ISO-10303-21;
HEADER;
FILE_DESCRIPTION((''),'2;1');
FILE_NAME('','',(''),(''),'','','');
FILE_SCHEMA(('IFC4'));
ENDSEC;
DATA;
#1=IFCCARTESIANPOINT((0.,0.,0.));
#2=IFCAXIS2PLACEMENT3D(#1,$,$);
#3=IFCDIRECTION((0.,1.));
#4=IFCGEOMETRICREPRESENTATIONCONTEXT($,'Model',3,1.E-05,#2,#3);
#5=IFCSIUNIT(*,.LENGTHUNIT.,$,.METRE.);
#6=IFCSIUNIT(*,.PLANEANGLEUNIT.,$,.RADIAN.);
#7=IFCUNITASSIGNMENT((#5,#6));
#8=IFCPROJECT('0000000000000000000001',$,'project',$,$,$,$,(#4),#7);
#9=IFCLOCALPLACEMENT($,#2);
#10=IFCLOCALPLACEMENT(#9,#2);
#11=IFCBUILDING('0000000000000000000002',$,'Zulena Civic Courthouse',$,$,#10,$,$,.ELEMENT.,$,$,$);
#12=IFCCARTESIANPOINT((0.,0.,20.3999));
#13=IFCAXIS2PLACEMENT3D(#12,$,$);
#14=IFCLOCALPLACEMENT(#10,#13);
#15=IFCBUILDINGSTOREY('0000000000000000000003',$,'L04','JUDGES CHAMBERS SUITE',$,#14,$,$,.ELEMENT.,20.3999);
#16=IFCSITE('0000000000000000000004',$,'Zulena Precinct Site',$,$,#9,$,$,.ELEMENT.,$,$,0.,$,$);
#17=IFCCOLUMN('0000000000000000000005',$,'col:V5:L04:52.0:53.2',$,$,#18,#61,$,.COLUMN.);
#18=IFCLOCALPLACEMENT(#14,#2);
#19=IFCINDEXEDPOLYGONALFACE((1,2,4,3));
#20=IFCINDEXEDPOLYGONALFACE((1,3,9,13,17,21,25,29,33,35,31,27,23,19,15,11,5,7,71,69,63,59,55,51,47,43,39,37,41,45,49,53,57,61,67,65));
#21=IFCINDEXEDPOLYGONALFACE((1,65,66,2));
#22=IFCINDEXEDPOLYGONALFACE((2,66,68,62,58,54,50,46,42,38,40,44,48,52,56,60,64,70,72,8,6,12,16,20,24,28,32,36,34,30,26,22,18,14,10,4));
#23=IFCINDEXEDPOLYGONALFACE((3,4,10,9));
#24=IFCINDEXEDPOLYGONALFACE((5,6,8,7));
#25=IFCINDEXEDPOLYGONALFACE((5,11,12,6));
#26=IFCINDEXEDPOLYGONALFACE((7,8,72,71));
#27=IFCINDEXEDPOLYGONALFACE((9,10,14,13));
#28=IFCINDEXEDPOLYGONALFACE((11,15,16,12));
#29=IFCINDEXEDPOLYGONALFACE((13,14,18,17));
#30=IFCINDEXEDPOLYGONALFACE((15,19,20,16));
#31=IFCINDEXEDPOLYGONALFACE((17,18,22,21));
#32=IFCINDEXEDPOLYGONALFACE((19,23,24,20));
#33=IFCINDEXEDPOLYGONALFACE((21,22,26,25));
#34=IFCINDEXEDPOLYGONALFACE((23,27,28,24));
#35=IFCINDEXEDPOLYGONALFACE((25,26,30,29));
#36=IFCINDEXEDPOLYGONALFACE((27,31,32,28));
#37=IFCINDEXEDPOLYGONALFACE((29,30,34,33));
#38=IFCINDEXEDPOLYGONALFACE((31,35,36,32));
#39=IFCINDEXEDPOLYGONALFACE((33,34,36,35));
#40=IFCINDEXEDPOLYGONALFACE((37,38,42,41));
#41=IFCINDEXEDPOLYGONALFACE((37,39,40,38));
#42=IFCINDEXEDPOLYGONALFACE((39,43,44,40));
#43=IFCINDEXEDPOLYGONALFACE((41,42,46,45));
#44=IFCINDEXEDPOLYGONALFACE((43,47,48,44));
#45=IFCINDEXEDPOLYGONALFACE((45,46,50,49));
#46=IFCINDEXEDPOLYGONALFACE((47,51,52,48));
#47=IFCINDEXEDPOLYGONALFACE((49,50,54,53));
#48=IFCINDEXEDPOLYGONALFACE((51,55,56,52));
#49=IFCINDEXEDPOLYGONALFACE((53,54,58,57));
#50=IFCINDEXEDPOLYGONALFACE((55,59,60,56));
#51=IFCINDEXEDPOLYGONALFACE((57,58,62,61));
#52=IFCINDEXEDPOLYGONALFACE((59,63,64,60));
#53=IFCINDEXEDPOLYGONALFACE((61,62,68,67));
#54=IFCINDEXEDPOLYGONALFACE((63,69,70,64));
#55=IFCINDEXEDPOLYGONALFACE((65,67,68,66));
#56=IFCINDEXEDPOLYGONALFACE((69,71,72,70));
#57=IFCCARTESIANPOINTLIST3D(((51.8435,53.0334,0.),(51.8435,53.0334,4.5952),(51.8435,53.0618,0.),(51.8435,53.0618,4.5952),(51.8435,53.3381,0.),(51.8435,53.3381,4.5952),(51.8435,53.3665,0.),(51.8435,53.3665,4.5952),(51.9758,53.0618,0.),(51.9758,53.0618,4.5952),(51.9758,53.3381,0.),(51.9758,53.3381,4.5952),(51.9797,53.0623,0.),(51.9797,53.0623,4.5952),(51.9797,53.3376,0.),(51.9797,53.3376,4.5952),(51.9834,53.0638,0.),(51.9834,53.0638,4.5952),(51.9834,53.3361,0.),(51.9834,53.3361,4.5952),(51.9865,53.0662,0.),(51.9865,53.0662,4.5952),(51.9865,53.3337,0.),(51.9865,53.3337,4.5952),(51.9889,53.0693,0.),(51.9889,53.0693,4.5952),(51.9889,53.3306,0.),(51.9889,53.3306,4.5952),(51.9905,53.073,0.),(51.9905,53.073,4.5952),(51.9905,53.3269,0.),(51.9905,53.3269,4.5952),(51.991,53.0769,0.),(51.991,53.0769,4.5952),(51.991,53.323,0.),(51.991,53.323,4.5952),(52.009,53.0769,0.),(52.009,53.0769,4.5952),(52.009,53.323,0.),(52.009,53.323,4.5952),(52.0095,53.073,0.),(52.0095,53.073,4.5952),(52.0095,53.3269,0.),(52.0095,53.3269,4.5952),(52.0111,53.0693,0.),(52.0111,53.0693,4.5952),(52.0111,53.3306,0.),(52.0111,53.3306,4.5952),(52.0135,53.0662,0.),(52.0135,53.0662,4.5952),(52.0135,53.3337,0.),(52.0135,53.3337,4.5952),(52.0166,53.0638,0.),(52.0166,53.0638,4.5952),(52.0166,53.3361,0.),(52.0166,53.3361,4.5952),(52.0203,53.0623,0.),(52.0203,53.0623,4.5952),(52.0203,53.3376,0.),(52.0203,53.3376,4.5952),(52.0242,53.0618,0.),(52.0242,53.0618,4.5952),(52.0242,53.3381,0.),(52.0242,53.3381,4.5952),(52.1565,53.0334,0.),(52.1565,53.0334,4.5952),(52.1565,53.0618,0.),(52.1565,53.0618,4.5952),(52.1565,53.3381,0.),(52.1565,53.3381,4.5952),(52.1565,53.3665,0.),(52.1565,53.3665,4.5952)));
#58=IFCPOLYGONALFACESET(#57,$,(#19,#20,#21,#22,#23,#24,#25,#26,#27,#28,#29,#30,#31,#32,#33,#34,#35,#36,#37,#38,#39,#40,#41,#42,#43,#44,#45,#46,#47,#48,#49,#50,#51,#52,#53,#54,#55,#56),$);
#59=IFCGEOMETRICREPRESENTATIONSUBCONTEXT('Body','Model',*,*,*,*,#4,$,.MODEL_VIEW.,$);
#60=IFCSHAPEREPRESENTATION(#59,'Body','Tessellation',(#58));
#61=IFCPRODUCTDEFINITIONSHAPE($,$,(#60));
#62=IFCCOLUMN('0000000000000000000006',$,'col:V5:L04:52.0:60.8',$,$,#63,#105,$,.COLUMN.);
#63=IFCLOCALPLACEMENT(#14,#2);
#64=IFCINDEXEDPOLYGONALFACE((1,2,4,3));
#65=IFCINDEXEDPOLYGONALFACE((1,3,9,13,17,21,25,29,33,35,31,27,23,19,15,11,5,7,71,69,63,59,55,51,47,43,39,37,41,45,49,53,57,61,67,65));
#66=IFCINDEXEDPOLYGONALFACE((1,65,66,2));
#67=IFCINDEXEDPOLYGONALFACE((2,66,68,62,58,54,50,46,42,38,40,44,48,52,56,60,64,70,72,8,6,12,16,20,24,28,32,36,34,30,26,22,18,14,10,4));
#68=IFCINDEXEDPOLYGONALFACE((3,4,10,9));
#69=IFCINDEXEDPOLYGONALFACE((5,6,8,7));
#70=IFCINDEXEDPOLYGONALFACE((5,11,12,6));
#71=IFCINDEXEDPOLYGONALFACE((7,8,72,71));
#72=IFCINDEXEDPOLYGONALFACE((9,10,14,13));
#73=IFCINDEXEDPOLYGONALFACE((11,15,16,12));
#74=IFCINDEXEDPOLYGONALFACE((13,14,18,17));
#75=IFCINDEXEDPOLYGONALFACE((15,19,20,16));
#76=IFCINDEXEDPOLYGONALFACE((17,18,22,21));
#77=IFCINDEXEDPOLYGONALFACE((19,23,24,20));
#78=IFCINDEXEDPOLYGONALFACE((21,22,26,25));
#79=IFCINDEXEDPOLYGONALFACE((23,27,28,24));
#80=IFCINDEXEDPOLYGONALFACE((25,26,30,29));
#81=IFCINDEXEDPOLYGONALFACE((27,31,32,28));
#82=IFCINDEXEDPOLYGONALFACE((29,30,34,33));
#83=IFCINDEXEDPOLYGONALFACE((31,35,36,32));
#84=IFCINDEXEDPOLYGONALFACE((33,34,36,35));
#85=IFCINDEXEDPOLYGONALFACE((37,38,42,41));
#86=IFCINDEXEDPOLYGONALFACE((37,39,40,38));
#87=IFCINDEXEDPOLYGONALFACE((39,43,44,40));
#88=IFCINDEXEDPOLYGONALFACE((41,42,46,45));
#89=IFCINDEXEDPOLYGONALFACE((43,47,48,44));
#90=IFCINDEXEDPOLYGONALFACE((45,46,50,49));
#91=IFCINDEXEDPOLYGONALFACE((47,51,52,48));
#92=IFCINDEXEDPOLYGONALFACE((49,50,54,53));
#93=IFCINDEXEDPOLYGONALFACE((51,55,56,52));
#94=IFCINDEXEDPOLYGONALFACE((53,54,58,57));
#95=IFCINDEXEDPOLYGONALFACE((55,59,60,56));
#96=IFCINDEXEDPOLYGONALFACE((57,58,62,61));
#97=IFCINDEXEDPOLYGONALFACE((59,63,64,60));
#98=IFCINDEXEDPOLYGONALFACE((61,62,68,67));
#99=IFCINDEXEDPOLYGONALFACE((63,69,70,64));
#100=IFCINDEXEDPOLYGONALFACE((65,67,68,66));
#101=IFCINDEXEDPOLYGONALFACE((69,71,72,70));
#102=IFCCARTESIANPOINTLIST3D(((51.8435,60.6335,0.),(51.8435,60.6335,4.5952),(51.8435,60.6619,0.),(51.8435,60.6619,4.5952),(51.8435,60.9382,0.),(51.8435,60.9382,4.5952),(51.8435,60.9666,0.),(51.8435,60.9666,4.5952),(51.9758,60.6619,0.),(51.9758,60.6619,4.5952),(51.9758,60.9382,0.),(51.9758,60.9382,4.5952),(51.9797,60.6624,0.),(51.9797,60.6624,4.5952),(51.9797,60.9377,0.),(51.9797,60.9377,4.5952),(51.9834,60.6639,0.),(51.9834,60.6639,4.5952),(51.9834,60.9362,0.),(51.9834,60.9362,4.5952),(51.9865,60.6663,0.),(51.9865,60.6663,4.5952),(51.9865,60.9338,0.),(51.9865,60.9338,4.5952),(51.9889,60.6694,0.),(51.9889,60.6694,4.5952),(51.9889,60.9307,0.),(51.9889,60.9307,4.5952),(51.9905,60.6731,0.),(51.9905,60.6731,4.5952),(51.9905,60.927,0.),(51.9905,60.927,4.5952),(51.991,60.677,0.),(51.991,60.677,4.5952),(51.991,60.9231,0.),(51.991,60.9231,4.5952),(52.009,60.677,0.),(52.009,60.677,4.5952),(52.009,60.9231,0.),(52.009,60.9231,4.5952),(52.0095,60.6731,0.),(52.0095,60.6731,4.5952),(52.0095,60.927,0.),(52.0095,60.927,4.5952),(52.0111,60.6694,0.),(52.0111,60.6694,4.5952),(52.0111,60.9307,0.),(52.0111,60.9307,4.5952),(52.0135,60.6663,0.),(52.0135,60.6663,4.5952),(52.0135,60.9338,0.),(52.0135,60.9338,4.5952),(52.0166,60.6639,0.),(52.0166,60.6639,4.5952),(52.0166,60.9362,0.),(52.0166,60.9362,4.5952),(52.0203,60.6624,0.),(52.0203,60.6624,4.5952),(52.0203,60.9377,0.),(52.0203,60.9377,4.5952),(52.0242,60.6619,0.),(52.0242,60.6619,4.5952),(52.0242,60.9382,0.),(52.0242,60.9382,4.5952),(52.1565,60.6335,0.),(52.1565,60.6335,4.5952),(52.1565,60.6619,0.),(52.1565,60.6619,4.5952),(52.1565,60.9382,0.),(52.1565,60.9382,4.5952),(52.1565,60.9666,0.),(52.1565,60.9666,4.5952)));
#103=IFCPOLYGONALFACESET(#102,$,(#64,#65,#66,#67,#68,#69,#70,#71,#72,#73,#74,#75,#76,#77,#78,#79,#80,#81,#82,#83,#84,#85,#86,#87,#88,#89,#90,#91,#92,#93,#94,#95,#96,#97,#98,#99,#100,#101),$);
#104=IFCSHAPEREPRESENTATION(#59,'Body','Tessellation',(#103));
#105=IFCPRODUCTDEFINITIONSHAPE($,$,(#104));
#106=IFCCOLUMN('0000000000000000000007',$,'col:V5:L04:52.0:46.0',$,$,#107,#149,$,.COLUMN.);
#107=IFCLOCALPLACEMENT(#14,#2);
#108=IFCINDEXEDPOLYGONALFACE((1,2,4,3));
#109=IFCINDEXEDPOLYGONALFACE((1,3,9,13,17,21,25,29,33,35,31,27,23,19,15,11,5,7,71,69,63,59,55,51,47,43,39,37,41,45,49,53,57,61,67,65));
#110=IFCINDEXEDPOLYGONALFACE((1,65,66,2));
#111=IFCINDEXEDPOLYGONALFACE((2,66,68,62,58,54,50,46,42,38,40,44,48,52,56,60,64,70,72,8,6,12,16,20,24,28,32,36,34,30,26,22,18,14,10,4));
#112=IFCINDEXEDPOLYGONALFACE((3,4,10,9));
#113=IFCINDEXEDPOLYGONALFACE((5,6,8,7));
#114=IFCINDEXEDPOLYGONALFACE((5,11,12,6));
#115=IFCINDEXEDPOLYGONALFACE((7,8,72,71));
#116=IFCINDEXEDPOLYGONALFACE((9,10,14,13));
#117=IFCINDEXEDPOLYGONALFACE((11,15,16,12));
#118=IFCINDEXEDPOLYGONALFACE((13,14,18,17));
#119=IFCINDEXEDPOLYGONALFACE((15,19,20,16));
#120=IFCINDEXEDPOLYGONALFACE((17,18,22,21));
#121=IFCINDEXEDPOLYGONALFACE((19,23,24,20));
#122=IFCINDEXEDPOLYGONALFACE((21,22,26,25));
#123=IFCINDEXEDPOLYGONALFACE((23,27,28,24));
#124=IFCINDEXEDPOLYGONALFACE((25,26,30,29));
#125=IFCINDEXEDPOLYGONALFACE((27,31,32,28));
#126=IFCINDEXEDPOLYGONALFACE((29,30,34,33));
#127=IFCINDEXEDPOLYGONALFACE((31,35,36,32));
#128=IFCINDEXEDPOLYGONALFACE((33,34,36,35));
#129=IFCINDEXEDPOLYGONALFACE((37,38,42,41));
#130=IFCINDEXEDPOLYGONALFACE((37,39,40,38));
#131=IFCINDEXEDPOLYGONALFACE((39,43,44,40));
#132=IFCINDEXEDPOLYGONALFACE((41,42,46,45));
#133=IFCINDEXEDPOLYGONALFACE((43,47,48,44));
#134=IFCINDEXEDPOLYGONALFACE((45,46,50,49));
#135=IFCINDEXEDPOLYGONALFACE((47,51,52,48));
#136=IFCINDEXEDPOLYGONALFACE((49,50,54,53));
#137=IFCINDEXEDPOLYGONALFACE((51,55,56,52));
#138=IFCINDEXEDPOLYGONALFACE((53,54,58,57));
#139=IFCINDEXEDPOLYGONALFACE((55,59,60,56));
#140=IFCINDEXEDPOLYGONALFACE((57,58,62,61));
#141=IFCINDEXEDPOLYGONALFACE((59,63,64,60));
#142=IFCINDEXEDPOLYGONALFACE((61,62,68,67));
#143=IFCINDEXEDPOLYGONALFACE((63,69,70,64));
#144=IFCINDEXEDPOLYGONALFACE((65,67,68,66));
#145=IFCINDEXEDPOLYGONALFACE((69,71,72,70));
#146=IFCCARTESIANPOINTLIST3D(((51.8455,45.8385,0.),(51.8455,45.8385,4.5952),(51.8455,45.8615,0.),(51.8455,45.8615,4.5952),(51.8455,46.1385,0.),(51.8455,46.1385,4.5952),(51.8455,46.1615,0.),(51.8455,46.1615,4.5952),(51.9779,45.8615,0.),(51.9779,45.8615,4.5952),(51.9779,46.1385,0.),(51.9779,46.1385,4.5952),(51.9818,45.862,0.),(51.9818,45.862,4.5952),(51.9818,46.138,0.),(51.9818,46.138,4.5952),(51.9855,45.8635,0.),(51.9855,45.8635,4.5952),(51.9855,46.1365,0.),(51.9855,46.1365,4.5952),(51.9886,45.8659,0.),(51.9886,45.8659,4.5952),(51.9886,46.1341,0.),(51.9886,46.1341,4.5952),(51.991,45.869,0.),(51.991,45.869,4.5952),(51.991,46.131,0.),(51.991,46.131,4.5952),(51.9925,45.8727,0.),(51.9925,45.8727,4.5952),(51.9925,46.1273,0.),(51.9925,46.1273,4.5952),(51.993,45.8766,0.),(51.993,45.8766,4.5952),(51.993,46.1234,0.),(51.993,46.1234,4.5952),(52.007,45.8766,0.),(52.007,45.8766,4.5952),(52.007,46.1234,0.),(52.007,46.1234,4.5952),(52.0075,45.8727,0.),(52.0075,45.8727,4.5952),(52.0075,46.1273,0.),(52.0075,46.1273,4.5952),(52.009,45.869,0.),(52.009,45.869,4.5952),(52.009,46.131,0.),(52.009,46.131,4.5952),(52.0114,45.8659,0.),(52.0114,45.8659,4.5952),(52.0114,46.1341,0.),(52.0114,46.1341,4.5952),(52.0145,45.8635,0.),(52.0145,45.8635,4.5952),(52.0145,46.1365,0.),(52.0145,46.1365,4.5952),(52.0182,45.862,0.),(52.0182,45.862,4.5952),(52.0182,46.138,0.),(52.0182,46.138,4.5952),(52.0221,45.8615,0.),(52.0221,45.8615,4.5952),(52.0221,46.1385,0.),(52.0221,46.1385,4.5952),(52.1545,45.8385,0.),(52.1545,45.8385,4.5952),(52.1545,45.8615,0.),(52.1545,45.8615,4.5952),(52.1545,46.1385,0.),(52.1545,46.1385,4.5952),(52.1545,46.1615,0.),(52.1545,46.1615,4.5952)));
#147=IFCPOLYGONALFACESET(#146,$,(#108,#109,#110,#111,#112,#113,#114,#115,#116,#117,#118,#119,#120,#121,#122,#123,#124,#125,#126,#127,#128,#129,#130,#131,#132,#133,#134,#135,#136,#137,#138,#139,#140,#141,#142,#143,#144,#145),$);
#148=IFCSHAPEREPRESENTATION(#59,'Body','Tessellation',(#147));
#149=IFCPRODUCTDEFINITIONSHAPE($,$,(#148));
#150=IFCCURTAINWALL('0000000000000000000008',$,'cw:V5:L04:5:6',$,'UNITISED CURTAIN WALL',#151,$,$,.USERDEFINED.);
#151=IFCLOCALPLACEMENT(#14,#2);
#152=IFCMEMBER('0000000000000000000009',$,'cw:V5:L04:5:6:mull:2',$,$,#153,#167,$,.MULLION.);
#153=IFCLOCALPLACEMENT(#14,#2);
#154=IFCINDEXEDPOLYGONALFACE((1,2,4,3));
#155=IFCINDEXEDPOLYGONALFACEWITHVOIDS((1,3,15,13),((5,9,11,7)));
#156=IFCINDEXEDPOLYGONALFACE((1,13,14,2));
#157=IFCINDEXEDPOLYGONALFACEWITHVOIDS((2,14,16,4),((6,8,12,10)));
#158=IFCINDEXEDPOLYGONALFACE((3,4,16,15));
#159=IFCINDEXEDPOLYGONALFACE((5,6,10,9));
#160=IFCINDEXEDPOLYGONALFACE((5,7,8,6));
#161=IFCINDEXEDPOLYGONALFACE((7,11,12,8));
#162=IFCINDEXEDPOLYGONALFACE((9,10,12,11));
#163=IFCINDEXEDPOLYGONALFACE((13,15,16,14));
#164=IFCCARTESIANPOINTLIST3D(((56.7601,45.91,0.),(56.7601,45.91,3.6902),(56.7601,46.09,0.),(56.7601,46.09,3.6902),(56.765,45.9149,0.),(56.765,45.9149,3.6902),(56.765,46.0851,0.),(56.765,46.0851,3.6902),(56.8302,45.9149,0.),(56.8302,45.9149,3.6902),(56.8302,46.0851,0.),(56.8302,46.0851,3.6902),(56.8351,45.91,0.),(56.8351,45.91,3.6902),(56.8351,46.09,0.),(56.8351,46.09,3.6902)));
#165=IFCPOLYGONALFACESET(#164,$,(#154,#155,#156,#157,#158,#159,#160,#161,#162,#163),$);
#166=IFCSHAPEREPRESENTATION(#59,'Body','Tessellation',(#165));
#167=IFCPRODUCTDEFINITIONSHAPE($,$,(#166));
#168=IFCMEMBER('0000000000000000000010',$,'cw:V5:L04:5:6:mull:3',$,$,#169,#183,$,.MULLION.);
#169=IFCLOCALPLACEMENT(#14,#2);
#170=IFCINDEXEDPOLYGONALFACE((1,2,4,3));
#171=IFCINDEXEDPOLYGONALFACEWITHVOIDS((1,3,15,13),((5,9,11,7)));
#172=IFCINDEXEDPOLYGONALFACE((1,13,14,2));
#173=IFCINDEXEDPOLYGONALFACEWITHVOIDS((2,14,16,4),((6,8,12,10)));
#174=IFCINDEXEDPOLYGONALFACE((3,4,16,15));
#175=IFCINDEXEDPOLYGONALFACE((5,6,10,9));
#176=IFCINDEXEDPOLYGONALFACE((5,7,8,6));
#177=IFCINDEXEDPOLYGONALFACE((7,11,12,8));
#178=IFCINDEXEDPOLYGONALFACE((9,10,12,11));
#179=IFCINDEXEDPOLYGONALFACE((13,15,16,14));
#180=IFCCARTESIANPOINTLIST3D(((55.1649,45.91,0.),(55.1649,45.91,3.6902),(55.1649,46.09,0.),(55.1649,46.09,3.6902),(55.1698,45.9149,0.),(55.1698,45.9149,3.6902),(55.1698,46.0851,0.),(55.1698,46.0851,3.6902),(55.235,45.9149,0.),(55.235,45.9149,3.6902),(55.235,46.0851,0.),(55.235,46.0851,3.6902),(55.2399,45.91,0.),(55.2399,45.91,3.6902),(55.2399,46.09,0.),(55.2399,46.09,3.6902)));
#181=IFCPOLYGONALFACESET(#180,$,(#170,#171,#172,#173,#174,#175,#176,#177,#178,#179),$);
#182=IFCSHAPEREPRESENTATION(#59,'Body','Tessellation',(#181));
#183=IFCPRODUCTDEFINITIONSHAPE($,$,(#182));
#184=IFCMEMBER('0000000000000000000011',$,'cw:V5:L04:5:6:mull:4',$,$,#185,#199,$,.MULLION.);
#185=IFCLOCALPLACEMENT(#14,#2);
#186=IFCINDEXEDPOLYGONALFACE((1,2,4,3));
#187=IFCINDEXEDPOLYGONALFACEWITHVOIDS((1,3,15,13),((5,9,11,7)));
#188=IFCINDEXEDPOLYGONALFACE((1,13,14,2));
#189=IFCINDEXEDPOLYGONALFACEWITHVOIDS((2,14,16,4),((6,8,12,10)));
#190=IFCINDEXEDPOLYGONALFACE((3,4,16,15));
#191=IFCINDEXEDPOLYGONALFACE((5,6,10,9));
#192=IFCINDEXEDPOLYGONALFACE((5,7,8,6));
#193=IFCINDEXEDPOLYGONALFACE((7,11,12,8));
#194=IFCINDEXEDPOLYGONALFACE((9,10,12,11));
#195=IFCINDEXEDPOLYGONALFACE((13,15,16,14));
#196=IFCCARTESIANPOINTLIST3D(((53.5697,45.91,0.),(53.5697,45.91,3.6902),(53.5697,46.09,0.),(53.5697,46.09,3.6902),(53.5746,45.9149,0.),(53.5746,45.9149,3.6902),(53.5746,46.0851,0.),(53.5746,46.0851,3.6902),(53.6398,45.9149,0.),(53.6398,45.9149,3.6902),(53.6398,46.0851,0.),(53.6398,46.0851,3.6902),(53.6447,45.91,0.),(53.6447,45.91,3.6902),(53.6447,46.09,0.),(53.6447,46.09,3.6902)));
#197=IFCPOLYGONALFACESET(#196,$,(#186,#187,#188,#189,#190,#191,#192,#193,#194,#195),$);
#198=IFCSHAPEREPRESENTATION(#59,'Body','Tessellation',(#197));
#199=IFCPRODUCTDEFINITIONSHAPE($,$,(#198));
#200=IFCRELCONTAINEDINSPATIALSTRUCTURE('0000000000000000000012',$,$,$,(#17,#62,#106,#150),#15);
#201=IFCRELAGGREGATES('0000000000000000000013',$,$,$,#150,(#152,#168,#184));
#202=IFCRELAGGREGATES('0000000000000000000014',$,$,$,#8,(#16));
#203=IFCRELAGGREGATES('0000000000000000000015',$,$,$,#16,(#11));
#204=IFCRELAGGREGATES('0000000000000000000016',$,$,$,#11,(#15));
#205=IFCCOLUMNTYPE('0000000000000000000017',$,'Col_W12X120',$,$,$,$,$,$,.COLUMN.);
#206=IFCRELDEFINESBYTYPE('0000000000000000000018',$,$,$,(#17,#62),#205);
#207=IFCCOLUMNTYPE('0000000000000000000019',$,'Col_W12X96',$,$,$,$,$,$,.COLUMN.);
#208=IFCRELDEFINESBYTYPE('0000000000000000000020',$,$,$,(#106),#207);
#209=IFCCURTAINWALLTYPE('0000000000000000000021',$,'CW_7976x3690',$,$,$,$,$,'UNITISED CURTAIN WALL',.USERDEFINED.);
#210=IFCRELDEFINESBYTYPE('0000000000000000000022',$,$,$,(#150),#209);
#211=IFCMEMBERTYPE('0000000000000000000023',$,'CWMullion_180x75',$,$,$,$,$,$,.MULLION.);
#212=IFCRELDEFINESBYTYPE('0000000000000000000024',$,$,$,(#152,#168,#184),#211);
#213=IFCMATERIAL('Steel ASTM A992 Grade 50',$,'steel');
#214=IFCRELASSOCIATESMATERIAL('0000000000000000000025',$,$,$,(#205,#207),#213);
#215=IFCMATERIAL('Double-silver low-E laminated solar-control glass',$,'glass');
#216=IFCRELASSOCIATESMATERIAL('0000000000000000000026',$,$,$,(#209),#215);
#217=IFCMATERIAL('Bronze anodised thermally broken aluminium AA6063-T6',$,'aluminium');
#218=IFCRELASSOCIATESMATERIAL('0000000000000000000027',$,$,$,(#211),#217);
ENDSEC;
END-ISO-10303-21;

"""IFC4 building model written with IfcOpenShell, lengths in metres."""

from ifc_helpers import new_model, si_unit, direction, frame, origin, origin_2d, place, context, subcontext, project, spatial, hollow_rectangle, i_section, extrude, material, material_profile, profile_set, type_object, element, aggregate, save


model = new_model("IFC4")

# Units and contexts
model_context = context("Model", 3, precision=1e-05, world=origin(), true_north=direction((0.0, 1.0)))
body_context = subcontext(model_context, "Body", "Model", "MODEL_VIEW")
ifc_project = project(units=[si_unit("LENGTHUNIT", "METRE"), si_unit("PLANEANGLEUNIT", "RADIAN")], contexts=[model_context])

# Site, building, storey
site_placement = place(None, origin())
site = spatial("IfcSite", under=ifc_project, at=site_placement, Name="Zulena Precinct Site", CompositionType="ELEMENT", RefElevation=0.0)
building_placement = place(site_placement, origin())
building = spatial("IfcBuilding", under=site, at=building_placement, Name="Zulena Civic Courthouse", CompositionType="ELEMENT")
storey_placement = place(building_placement, frame((0.0, 0.0, 20.3999)))
storey = spatial("IfcBuildingStorey", under=building, at=storey_placement, Name="L04", Description="JUDGES CHAMBERS SUITE", CompositionType="ELEMENT", Elevation=20.3999)

# Columns
ifc_material_1 = material(Name="Steel ASTM A992 Grade 50", Category="steel")
ifc_material_profile_1 = material_profile(ifc_material_1, i_section(OverallWidth=0.313, OverallDepth=0.333, WebThickness=0.0181, FlangeThickness=0.0283, FilletRadius=0.0151, at=origin_2d()), Name="W12X120")
ifc_profile_set_1 = profile_set([ifc_material_profile_1], Name="Steel ASTM A992 Grade 50")
column_type_1 = type_object("IfcColumnType", Name="Col_W12X120", PredefinedType="COLUMN", material=ifc_profile_set_1)
for number, where, z_axis, x_axis, name in (
    (1, (52.0, 53.2, 0.0), (0.0, 0.0, 1.0), (1.0, 0.0, 0.0), "col:V5:L04:52.0:53.2"),
    (2, (52.0, 60.8, 0.0), (0.0, 0.0, 1.0), (1.0, 0.0, 0.0), "col:V5:L04:52.0:60.8"),
):
    element("IfcColumn", number, at=place(storey_placement, frame(where, z_axis=z_axis, x_axis=x_axis)), inside=storey, type_object=column_type_1, Name=name, PredefinedType="COLUMN", context=body_context, shape_type="SweptSolid", body=[
        extrude(i_section(OverallWidth=0.313, OverallDepth=0.333, WebThickness=0.0181, FlangeThickness=0.0283, FilletRadius=0.0151, at=origin_2d()), origin(), (0.0, 0.0, 1.0), 4.5952),
    ])
ifc_material_profile_2 = material_profile(ifc_material_1, i_section(OverallWidth=0.3091, OverallDepth=0.323, WebThickness=0.0139, FlangeThickness=0.0229, FilletRadius=0.0151, at=origin_2d()), Name="W12X96")
ifc_profile_set_2 = profile_set([ifc_material_profile_2], Name="Steel ASTM A992 Grade 50")
column_type_2 = type_object("IfcColumnType", Name="Col_W12X96", PredefinedType="COLUMN", material=ifc_profile_set_2)
column_placement = place(storey_placement, frame((52.0, 46.0, 0.0), z_axis=(0.0, 0.0, 1.0), x_axis=(1.0, 0.0, 0.0)))
element("IfcColumn", 3, at=column_placement, inside=storey, type_object=column_type_2, Name="col:V5:L04:52.0:46.0", PredefinedType="COLUMN", context=body_context, shape_type="SweptSolid", body=[
    extrude(i_section(OverallWidth=0.3091, OverallDepth=0.323, WebThickness=0.0139, FlangeThickness=0.0229, FilletRadius=0.0151, at=origin_2d()), origin(), (0.0, 0.0, 1.0), 4.5952),
])

# Curtain wall, members
ifc_material_2 = material(Name="Double-silver low-E laminated solar-control glass", Category="glass")
curtain_wall_type = type_object("IfcCurtainWallType", Name="CW_7976x3690", ElementType="UNITISED CURTAIN WALL", PredefinedType="USERDEFINED", material=ifc_material_2)
curtain_wall_1_placement = place(storey_placement, origin())
curtain_wall_1 = element("IfcCurtainWall", 4, at=curtain_wall_1_placement, inside=storey, type_object=curtain_wall_type, Name="cw:V5:L04:5:6", ObjectType="UNITISED CURTAIN WALL", PredefinedType="USERDEFINED")
ifc_material_3 = material(Name="Bronze anodised thermally broken aluminium AA6063-T6", Category="aluminium")
ifc_material_profile_3 = material_profile(ifc_material_3, hollow_rectangle(XDim=0.075, YDim=0.1799, WallThickness=0.0049, at=origin_2d()), Name="CWM180X75X5")
ifc_profile_set_3 = profile_set([ifc_material_profile_3], Name="Bronze anodised thermally broken aluminium AA6063-T6")
member_type_1 = type_object("IfcMemberType", Name="CWMullion_180x75", PredefinedType="MULLION", material=ifc_profile_set_3)
member_1_placement = place(storey_placement, frame((56.7976, 46.0, 0.0), z_axis=(0.0, 0.0, 1.0), x_axis=(1.0, 0.0, 0.0)))
member_1 = element("IfcMember", 5, at=member_1_placement, type_object=member_type_1, Name="cw:V5:L04:5:6:mull:2", PredefinedType="MULLION", context=body_context, shape_type="SweptSolid", body=[
    extrude(hollow_rectangle(XDim=0.075, YDim=0.1799, WallThickness=0.0049, at=origin_2d()), origin(), (0.0, 0.0, 1.0), 3.6902),
])
member_2_placement = place(storey_placement, frame((55.2024, 46.0, 0.0), z_axis=(0.0, 0.0, 1.0), x_axis=(1.0, 0.0, 0.0)))
member_2 = element("IfcMember", 6, at=member_2_placement, type_object=member_type_1, Name="cw:V5:L04:5:6:mull:3", PredefinedType="MULLION", context=body_context, shape_type="SweptSolid", body=[
    extrude(hollow_rectangle(XDim=0.075, YDim=0.1799, WallThickness=0.0049, at=origin_2d()), origin(), (0.0, 0.0, 1.0), 3.6902),
])
member_3_placement = place(storey_placement, frame((53.6072, 46.0, 0.0), z_axis=(0.0, 0.0, 1.0), x_axis=(1.0, 0.0, 0.0)))
member_3 = element("IfcMember", 7, at=member_3_placement, type_object=member_type_1, Name="cw:V5:L04:5:6:mull:4", PredefinedType="MULLION", context=body_context, shape_type="SweptSolid", body=[
    extrude(hollow_rectangle(XDim=0.075, YDim=0.1799, WallThickness=0.0049, at=origin_2d()), origin(), (0.0, 0.0, 1.0), 3.6902),
])

aggregate(curtain_wall_1, [member_1, member_2, member_3])

save(model, "model.ifc")
